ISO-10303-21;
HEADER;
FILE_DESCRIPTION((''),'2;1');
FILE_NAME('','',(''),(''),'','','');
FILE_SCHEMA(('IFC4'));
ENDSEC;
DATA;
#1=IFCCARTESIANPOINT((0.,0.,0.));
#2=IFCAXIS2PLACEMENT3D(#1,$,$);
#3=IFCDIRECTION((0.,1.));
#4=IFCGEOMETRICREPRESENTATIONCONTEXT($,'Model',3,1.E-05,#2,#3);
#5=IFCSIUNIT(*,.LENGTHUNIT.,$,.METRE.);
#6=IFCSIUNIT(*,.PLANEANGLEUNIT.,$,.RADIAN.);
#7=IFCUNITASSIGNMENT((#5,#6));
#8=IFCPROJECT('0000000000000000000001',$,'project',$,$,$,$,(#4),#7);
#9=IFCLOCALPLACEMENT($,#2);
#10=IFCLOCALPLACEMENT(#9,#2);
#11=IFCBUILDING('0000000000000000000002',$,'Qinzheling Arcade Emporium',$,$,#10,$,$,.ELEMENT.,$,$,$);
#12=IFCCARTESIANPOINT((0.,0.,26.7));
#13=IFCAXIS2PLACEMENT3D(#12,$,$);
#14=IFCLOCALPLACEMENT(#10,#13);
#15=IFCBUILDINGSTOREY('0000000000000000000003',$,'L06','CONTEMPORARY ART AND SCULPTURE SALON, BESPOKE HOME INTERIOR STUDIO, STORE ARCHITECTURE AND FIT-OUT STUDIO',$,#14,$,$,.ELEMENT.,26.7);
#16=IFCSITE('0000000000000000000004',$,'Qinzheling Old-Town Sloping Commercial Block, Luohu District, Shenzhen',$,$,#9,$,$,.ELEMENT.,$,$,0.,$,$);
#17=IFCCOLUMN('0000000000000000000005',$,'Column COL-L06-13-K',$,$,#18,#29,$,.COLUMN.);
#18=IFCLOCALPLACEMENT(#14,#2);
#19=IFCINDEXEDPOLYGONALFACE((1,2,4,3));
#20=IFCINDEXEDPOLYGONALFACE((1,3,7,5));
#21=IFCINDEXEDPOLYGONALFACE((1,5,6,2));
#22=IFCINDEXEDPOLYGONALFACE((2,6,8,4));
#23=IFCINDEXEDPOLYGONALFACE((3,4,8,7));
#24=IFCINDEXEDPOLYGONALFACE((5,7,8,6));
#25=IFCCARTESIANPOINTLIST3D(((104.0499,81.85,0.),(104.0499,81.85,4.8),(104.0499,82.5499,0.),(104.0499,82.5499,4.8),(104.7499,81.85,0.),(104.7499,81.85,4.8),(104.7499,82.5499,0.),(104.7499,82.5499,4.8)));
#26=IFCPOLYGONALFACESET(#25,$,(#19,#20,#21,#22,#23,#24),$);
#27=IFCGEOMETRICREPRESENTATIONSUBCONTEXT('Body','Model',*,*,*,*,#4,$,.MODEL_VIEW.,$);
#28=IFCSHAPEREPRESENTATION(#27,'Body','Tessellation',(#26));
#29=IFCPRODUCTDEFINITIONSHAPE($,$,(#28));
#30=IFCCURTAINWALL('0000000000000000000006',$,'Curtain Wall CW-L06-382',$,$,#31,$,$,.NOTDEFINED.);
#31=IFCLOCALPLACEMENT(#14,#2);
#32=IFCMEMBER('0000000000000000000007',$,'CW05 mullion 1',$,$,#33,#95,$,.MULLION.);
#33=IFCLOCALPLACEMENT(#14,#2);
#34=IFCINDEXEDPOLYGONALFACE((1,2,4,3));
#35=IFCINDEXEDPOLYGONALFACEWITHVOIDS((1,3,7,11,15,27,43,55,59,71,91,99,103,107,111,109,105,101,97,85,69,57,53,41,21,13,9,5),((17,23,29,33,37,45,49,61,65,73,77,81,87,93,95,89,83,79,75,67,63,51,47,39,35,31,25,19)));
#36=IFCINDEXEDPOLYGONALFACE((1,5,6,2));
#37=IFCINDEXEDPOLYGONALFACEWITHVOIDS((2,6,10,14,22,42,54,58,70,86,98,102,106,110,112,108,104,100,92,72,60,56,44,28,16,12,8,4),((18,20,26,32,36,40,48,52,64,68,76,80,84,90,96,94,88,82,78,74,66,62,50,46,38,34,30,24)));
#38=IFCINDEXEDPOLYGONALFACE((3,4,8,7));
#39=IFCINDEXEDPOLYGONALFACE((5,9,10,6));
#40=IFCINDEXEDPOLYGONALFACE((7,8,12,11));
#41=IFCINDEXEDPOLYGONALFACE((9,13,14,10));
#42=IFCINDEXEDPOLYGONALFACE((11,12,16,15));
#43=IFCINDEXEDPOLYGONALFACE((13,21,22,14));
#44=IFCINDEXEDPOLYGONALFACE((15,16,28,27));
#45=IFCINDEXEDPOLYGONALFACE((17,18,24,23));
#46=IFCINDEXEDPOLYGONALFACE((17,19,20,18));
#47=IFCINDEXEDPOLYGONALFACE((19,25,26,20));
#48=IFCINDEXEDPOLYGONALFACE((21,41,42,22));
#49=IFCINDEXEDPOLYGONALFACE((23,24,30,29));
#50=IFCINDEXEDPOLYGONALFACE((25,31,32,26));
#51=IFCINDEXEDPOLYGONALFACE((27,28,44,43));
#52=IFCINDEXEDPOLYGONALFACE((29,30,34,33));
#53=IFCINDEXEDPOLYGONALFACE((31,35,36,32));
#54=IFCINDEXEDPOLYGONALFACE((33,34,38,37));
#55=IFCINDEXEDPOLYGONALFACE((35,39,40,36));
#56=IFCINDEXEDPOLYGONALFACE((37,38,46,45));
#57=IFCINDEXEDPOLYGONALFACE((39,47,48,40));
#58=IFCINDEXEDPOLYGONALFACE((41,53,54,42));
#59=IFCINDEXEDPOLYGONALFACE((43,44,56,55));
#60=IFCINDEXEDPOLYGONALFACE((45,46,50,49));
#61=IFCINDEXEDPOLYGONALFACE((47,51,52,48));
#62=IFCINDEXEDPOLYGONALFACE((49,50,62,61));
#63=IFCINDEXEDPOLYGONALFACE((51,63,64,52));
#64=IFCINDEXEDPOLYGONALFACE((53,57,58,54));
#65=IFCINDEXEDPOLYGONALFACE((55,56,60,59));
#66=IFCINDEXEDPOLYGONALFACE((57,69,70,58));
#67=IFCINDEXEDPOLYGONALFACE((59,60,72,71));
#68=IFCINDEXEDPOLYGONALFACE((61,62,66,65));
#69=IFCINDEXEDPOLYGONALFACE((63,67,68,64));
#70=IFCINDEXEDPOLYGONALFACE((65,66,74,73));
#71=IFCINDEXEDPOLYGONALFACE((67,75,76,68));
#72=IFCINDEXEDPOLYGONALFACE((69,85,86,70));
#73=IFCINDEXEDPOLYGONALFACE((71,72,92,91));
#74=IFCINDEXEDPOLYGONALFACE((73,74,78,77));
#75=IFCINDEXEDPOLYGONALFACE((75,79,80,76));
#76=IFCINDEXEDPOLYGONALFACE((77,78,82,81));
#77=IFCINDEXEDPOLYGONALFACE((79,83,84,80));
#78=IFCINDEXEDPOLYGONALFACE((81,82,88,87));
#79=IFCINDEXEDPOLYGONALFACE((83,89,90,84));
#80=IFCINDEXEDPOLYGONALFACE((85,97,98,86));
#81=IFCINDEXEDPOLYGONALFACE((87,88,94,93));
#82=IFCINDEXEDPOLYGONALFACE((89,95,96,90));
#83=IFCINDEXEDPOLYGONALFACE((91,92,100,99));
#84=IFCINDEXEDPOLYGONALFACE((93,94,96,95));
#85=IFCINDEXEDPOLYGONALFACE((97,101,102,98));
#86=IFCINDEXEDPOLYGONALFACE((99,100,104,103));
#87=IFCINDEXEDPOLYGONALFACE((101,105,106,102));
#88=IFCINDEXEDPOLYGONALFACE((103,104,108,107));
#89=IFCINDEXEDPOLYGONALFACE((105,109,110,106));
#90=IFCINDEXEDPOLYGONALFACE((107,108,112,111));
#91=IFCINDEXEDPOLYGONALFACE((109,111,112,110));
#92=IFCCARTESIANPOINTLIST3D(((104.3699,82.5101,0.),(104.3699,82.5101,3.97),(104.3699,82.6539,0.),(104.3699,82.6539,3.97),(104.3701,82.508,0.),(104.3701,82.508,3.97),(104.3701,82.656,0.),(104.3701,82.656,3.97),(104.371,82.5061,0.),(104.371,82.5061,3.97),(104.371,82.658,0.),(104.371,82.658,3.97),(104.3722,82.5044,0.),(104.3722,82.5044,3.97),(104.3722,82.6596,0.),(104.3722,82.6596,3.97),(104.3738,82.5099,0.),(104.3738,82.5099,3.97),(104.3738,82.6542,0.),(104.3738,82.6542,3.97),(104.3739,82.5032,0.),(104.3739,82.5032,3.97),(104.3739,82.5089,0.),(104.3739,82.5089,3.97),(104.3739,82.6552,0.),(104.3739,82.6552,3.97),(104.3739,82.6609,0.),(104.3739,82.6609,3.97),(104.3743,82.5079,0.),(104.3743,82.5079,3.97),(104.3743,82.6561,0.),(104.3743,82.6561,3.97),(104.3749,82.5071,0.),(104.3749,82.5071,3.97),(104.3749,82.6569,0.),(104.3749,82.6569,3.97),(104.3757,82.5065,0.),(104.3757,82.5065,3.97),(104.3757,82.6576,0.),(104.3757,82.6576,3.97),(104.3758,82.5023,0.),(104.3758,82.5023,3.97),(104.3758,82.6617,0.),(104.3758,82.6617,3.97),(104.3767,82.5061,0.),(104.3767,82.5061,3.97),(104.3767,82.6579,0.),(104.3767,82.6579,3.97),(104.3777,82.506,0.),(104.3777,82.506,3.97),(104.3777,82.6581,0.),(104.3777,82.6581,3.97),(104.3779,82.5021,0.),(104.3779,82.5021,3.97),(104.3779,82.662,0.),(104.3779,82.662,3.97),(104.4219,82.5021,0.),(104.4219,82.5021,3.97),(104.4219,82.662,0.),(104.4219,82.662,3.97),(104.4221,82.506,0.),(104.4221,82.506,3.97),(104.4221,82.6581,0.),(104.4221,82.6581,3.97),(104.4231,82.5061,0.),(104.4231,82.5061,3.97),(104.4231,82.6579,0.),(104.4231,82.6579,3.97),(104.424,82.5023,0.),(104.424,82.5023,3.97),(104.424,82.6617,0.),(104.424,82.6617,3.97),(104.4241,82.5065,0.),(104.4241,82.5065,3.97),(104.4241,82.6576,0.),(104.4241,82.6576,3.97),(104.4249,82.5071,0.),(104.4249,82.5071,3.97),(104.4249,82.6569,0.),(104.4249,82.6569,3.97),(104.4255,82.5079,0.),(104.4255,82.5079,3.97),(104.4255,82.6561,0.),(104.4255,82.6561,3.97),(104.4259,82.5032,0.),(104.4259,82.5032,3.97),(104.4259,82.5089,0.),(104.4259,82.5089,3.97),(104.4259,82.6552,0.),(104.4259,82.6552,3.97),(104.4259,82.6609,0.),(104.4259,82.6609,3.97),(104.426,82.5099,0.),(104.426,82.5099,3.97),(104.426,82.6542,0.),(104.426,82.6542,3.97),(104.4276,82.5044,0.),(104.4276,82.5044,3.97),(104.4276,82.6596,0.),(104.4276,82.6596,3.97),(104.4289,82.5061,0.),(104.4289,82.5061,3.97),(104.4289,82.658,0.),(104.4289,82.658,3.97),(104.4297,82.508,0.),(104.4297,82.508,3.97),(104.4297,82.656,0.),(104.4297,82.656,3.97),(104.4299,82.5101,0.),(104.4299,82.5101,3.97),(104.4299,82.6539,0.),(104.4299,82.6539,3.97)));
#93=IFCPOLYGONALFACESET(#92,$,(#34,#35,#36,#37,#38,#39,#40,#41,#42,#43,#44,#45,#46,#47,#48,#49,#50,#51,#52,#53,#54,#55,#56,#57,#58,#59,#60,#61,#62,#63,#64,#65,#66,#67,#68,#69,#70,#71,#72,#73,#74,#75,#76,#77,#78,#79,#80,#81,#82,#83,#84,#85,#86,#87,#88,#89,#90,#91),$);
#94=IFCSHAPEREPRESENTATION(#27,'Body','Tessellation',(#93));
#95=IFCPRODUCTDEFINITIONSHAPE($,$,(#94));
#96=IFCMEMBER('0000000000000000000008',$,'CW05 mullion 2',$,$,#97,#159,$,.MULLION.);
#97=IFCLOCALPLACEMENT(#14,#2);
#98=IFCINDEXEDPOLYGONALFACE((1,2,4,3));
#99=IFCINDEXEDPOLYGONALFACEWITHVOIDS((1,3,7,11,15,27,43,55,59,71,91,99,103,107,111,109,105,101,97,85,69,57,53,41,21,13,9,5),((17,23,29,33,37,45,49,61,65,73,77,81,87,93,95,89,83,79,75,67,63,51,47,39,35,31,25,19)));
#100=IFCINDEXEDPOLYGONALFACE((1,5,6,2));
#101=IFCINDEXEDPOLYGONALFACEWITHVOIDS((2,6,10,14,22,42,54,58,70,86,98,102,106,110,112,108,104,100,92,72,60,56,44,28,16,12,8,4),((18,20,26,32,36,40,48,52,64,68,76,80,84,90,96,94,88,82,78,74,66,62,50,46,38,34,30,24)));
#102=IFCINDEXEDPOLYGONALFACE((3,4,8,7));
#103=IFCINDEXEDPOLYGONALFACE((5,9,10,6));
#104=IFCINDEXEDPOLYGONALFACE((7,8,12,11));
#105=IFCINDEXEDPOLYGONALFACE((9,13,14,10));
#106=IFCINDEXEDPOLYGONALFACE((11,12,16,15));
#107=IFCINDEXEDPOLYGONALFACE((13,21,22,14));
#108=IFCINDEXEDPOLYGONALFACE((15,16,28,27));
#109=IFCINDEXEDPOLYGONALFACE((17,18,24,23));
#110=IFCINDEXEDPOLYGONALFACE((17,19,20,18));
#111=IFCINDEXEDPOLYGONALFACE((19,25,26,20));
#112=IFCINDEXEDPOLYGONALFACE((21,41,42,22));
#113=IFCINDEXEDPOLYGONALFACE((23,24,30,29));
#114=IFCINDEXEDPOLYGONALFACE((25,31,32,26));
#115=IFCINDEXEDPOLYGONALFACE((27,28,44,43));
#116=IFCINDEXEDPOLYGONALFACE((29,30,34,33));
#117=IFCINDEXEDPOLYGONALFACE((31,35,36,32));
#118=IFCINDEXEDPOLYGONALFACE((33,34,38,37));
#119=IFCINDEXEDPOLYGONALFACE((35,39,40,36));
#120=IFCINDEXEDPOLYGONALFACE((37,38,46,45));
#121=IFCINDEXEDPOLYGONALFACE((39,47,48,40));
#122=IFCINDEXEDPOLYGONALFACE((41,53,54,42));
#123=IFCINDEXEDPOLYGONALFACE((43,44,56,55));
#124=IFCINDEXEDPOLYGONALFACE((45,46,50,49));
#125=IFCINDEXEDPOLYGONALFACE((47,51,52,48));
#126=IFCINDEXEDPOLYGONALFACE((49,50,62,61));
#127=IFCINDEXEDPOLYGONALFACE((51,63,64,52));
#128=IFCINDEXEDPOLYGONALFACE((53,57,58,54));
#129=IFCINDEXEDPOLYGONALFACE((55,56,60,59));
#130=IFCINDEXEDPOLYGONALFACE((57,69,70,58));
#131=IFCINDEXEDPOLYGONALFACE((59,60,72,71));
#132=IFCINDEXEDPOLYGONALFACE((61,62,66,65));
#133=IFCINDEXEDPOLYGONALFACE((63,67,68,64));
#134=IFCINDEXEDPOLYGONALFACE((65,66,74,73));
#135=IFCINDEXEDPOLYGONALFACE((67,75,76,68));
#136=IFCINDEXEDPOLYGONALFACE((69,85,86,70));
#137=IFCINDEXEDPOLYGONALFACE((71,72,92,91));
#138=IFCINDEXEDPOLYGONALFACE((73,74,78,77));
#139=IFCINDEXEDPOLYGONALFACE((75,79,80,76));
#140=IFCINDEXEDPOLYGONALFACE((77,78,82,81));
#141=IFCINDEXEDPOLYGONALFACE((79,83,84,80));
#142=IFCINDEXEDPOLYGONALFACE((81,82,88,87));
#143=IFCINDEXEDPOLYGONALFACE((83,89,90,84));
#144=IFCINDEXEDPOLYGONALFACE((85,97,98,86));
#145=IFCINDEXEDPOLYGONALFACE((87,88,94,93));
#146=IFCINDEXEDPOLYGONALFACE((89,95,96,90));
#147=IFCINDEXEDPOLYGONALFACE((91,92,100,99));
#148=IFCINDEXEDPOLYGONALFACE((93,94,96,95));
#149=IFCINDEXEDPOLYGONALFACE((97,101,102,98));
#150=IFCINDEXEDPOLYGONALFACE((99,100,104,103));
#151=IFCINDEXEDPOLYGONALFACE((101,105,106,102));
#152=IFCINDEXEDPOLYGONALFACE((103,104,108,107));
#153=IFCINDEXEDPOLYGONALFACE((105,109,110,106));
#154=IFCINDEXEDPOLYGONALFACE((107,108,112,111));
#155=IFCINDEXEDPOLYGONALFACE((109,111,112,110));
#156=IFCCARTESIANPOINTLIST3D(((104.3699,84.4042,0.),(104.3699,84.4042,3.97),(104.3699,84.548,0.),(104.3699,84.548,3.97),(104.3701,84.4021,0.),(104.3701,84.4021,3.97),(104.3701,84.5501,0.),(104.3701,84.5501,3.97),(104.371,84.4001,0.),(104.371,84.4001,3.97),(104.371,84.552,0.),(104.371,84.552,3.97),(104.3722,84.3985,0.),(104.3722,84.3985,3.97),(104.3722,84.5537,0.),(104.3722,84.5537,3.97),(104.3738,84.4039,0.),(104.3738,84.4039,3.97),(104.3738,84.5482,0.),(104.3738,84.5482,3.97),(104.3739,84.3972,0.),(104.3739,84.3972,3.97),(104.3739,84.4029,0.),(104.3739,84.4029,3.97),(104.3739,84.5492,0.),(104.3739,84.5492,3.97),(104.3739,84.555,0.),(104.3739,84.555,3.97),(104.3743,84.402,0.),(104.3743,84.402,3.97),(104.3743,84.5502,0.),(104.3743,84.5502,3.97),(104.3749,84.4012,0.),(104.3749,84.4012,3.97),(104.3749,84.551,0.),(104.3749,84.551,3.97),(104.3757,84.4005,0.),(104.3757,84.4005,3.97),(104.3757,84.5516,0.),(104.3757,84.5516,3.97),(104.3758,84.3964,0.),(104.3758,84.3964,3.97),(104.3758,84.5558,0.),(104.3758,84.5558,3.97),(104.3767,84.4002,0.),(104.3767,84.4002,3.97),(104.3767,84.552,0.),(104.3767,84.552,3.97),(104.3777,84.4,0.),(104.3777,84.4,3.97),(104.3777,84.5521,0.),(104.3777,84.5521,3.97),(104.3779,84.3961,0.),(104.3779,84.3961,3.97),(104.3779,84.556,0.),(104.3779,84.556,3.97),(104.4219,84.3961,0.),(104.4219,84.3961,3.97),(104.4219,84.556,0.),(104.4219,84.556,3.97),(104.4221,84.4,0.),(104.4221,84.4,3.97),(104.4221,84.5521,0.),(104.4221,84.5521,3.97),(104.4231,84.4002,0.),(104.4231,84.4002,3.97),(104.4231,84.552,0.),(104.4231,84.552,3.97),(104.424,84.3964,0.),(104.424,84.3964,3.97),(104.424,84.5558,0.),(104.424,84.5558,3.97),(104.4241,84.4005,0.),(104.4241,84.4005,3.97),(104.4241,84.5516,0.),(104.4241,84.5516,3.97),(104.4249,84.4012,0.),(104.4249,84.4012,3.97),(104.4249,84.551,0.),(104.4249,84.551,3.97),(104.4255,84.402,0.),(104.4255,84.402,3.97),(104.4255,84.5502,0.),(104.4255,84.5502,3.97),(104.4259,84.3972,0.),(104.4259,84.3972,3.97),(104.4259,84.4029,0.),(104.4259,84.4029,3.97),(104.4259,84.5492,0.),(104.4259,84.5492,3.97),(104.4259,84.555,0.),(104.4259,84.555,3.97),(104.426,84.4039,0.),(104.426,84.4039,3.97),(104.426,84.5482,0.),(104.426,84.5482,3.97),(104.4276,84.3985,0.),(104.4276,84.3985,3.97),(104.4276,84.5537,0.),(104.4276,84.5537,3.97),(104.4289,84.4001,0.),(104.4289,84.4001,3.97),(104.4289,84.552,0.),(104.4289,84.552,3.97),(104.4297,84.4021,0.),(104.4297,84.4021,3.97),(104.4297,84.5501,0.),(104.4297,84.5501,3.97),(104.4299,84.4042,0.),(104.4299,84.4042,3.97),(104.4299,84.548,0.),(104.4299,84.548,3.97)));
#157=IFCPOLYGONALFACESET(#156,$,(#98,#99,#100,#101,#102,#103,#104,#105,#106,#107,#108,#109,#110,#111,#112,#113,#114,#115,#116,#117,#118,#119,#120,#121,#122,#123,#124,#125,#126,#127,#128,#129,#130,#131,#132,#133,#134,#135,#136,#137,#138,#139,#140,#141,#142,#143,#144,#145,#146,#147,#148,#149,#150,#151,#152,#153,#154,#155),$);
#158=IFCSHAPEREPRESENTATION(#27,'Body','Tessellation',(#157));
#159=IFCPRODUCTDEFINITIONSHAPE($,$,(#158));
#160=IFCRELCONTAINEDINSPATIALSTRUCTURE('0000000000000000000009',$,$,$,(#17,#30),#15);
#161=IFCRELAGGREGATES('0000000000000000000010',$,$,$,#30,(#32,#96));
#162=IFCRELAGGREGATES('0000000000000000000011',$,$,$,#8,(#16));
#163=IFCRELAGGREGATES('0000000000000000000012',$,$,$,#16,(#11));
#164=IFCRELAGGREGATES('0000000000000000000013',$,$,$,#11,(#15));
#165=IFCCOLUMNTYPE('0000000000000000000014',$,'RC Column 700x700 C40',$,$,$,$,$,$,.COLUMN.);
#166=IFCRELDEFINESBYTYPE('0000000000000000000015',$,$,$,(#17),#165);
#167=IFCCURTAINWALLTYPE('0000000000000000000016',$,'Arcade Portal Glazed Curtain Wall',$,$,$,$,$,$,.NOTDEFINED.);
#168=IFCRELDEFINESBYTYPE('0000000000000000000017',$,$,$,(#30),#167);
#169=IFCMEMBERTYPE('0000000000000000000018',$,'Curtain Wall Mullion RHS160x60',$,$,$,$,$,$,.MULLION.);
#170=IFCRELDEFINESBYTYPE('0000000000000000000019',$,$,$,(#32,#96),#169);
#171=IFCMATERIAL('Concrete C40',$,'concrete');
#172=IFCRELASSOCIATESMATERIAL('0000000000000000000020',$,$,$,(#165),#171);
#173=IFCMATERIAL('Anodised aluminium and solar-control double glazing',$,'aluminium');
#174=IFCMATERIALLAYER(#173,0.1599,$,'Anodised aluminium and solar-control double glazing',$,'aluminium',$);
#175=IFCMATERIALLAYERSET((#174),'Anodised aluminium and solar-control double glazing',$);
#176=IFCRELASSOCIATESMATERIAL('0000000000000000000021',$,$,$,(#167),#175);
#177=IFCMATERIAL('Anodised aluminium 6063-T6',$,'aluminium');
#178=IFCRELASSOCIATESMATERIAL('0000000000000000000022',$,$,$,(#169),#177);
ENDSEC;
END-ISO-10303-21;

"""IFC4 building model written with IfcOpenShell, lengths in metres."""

from ifc_helpers import new_model, si_unit, direction, frame, origin, origin_2d, place, context, subcontext, project, spatial, rectangle, hollow_rectangle, extrude, material, layer, layer_set, material_profile, profile_set, type_object, element, aggregate, save


model = new_model("IFC4")

# Units and contexts
model_context = context("Model", 3, precision=1e-05, world=origin(), true_north=direction((0.0, 1.0)))
body_context = subcontext(model_context, "Body", "Model", "MODEL_VIEW")
ifc_project = project(units=[si_unit("LENGTHUNIT", "METRE"), si_unit("PLANEANGLEUNIT", "RADIAN")], contexts=[model_context])

# Site, building, storey
site_placement = place(None, origin())
site = spatial("IfcSite", under=ifc_project, at=site_placement, Name="Qinzheling Old-Town Sloping Commercial Block, Luohu District, Shenzhen", CompositionType="ELEMENT", RefElevation=0.0)
building_placement = place(site_placement, origin())
building = spatial("IfcBuilding", under=site, at=building_placement, Name="Qinzheling Arcade Emporium", CompositionType="ELEMENT")
storey_placement = place(building_placement, frame((0.0, 0.0, 26.7)))
storey = spatial("IfcBuildingStorey", under=building, at=storey_placement, Name="L06", Description="CONTEMPORARY ART AND SCULPTURE SALON, BESPOKE HOME INTERIOR STUDIO, STORE ARCHITECTURE AND FIT-OUT STUDIO", CompositionType="ELEMENT", Elevation=26.7)

# Column
ifc_material_1 = material(Name="Concrete C40", Category="concrete")
ifc_material_profile_1 = material_profile(ifc_material_1, rectangle(XDim=0.7, YDim=0.7, at=origin_2d()), Name="RC 700x700", Category="concrete")
ifc_profile_set_1 = profile_set([ifc_material_profile_1], Name="Concrete C40")
column_type = type_object("IfcColumnType", Name="RC Column 700x700 C40", PredefinedType="COLUMN", material=ifc_profile_set_1)
column_placement = place(storey_placement, frame((104.3999, 82.2, 0.0), z_axis=(0.0, 0.0, 1.0), x_axis=(1.0, 0.0, 0.0)))
element("IfcColumn", 1, at=column_placement, inside=storey, type_object=column_type, Name="Column COL-L06-13-K", PredefinedType="COLUMN", context=body_context, shape_type="SweptSolid", body=[
    extrude(rectangle(XDim=0.7, YDim=0.7, at=origin_2d()), origin(), (0.0, 0.0, 1.0), 4.8),
])

# Curtain wall, members
ifc_material_2 = material(Name="Anodised aluminium and solar-control double glazing", Category="aluminium")
ifc_layer_1 = layer(ifc_material_2, 0.1599, Name="Anodised aluminium and solar-control double glazing", Category="aluminium")
ifc_layer_set_1 = layer_set([ifc_layer_1], Name="Anodised aluminium and solar-control double glazing")
curtain_wall_type = type_object("IfcCurtainWallType", Name="Arcade Portal Glazed Curtain Wall", PredefinedType="NOTDEFINED", material=ifc_layer_set_1)
curtain_wall_placement = place(storey_placement, origin())
curtain_wall = element("IfcCurtainWall", 2, at=curtain_wall_placement, inside=storey, type_object=curtain_wall_type, Name="Curtain Wall CW-L06-382", PredefinedType="NOTDEFINED")
ifc_material_3 = material(Name="Anodised aluminium 6063-T6", Category="aluminium")
ifc_material_profile_2 = material_profile(ifc_material_3, hollow_rectangle(XDim=0.0601, YDim=0.1599, WallThickness=0.0039, InnerFilletRadius=0.0039, OuterFilletRadius=0.0081, at=origin_2d()), Name="RHS 160x60x4", Category="aluminium")
ifc_profile_set_2 = profile_set([ifc_material_profile_2], Name="Anodised aluminium 6063-T6")
member_type_1 = type_object("IfcMemberType", Name="Curtain Wall Mullion RHS160x60", PredefinedType="MULLION", material=ifc_profile_set_2)
member_1_placement = place(storey_placement, frame((104.3999, 82.582, 0.0), z_axis=(0.0, 0.0, 1.0), x_axis=(-1.0, 0.0, 0.0)))
member_1 = element("IfcMember", 3, at=member_1_placement, type_object=member_type_1, Name="CW05 mullion 1", PredefinedType="MULLION", context=body_context, shape_type="SweptSolid", body=[
    extrude(hollow_rectangle(XDim=0.0601, YDim=0.1599, WallThickness=0.0039, InnerFilletRadius=0.0039, OuterFilletRadius=0.0081, at=origin_2d()), origin(), (0.0, 0.0, 1.0), 3.97),
])
member_2_placement = place(storey_placement, frame((104.3999, 84.4761, 0.0), z_axis=(0.0, 0.0, 1.0), x_axis=(-1.0, 0.0, 0.0)))
member_2 = element("IfcMember", 4, at=member_2_placement, type_object=member_type_1, Name="CW05 mullion 2", PredefinedType="MULLION", context=body_context, shape_type="SweptSolid", body=[
    extrude(hollow_rectangle(XDim=0.0601, YDim=0.1599, WallThickness=0.0039, InnerFilletRadius=0.0039, OuterFilletRadius=0.0081, at=origin_2d()), origin(), (0.0, 0.0, 1.0), 3.97),
])

aggregate(curtain_wall, [member_1, member_2])

save(model, "model.ifc")
